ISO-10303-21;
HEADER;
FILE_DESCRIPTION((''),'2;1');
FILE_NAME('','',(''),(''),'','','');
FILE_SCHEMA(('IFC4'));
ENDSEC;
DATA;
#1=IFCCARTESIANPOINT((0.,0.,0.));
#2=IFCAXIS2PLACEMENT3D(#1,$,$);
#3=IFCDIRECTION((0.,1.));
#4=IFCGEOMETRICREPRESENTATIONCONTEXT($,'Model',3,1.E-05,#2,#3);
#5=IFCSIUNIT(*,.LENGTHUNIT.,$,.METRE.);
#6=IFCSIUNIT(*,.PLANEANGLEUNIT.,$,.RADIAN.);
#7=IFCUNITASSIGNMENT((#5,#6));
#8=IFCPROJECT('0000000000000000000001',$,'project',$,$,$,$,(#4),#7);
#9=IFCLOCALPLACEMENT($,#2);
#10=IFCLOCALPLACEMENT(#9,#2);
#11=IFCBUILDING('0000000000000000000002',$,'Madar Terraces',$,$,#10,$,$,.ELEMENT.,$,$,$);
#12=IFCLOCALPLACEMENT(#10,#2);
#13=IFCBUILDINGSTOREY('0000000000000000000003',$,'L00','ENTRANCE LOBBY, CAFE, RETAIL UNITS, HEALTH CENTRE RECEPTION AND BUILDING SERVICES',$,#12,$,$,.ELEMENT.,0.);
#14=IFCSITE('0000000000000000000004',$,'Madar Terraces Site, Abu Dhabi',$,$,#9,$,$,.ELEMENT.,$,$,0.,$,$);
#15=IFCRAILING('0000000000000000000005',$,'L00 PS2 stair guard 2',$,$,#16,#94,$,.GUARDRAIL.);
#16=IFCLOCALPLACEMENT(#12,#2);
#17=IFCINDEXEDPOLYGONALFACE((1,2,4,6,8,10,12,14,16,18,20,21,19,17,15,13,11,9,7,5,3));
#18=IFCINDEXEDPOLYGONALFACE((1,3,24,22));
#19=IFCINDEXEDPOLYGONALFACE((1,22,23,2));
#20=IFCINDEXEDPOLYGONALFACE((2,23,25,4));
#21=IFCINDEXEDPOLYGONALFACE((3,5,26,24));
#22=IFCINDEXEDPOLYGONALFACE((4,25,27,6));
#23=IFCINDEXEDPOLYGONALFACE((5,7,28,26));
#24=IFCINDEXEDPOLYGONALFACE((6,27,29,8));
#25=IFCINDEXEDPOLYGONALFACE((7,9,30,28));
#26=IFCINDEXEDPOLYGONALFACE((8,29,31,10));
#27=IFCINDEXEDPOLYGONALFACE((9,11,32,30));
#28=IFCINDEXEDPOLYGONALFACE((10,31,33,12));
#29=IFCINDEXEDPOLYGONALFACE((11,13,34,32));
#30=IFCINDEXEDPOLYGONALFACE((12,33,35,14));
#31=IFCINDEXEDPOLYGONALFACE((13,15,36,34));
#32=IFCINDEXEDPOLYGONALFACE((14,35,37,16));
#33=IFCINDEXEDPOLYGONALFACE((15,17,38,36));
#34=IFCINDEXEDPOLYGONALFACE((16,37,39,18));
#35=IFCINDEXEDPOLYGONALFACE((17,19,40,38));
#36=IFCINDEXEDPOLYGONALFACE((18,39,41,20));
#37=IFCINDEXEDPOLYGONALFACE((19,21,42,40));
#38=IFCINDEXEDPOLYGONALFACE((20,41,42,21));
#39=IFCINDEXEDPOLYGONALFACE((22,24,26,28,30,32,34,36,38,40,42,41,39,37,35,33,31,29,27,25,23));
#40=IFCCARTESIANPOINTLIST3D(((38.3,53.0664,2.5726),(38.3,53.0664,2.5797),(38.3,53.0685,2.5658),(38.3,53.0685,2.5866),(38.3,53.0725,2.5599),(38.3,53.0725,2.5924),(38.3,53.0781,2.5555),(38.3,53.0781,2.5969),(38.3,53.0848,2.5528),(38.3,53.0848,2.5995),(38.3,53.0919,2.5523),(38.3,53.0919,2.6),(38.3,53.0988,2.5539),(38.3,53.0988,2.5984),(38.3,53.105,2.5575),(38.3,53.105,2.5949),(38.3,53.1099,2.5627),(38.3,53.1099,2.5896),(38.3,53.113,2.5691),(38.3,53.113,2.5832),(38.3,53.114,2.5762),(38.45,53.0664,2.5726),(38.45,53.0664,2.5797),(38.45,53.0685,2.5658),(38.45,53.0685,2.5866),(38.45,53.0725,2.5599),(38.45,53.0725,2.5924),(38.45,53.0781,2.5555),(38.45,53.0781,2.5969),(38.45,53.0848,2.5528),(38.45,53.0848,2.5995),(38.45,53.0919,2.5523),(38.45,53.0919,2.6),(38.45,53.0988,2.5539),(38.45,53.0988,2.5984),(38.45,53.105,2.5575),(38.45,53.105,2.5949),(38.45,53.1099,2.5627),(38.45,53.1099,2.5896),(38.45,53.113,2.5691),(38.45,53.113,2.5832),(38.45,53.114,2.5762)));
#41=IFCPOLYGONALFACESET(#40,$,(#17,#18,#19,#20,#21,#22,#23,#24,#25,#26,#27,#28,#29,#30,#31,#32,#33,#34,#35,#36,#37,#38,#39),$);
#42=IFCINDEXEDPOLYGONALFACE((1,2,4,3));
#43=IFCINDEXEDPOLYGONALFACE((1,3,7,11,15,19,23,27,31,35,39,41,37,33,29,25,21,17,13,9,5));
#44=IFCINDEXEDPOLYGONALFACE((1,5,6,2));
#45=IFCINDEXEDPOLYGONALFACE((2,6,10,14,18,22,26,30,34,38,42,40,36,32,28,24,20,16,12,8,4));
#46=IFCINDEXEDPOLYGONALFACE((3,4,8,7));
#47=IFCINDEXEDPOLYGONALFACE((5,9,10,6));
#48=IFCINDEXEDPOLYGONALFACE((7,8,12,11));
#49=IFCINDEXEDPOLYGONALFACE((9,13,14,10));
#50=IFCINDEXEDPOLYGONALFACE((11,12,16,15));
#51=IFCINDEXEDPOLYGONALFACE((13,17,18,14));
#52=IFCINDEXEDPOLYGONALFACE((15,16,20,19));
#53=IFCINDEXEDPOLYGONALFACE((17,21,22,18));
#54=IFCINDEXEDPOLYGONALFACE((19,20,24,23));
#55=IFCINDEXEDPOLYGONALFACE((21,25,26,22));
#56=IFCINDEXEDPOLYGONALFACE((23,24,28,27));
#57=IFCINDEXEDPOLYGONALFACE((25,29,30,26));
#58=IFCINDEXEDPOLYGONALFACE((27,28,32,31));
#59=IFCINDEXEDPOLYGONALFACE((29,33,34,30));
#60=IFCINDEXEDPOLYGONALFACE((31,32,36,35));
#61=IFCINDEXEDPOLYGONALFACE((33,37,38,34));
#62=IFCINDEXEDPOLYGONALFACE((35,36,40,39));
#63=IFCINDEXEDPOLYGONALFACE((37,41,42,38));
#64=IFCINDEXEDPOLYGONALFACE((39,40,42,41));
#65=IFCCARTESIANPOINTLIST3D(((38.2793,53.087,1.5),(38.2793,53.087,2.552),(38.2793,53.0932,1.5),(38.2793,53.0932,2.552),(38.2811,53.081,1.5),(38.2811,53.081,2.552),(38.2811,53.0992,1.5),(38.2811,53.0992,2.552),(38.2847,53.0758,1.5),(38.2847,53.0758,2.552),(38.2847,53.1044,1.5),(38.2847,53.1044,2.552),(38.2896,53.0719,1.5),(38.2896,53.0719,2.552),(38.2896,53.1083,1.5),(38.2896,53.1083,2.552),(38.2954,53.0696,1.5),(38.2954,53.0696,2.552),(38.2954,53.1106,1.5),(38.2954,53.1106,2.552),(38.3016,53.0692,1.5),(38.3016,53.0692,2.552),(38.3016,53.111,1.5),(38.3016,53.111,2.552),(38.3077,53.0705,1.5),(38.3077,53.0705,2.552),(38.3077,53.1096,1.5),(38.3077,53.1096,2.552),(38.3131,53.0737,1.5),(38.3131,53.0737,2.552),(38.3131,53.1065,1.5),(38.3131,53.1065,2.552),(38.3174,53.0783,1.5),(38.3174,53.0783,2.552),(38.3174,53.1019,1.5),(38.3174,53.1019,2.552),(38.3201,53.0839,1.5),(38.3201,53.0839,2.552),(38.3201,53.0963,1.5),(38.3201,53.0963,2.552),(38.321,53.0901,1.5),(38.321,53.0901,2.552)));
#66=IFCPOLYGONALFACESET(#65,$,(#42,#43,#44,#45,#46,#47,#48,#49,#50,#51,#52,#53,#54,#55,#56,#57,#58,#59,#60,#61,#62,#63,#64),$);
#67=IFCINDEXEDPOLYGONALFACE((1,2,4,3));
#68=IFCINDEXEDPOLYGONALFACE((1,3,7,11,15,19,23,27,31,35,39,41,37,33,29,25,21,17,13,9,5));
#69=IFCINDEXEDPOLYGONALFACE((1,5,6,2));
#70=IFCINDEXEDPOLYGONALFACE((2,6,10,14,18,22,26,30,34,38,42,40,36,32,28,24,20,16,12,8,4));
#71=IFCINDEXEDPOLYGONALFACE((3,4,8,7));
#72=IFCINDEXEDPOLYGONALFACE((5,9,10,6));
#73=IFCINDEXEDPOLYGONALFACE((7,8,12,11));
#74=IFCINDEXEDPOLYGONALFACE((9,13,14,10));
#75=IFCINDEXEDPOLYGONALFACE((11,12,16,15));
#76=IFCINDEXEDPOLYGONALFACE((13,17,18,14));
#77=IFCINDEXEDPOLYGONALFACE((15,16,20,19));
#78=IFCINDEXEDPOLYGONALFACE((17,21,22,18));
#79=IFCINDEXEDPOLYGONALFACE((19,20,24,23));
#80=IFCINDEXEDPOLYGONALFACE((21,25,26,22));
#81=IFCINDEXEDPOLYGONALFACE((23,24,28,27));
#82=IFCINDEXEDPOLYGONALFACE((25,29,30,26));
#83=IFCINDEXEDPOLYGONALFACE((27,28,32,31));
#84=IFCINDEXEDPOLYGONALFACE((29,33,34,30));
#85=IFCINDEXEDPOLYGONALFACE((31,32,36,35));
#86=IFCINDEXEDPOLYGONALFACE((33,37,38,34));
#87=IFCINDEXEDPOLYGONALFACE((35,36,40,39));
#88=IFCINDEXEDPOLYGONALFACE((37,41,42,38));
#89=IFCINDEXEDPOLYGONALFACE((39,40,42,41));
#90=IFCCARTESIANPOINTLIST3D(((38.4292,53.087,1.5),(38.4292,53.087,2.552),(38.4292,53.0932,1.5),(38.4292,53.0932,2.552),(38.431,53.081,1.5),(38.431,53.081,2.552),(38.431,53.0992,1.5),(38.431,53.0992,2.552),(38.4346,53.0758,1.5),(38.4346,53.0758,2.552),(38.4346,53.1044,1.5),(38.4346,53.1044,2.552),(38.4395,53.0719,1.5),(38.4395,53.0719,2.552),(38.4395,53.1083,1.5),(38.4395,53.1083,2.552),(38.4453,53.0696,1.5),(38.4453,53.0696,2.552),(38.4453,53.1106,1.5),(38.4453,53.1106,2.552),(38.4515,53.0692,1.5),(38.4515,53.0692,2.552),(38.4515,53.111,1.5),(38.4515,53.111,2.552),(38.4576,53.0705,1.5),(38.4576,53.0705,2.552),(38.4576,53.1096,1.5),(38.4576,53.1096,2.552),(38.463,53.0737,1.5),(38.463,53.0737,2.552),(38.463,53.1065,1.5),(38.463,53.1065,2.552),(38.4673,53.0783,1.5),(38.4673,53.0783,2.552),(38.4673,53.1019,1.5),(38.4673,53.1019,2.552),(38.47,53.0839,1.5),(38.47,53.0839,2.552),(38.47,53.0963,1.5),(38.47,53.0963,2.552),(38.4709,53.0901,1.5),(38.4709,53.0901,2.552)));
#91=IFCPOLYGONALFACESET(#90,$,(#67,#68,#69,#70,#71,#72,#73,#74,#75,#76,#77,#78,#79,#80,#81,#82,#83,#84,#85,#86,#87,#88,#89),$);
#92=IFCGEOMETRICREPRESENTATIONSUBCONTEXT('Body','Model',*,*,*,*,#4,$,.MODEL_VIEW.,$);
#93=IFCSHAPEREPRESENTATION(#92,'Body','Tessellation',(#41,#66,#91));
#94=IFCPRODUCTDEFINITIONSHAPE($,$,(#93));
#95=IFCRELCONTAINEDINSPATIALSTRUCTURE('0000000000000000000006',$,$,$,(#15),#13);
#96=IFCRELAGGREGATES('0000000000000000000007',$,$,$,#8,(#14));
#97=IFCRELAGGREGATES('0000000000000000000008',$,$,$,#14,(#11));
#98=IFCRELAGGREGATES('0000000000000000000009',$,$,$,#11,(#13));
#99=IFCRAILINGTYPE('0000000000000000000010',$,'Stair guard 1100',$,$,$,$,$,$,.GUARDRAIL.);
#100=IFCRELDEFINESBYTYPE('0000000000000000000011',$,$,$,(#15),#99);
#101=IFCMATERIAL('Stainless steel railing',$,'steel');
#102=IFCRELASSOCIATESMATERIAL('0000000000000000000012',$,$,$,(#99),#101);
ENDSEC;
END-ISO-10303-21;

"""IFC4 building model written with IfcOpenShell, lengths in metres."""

from ifc_helpers import new_model, si_unit, direction, frame, origin, origin_2d, place, context, subcontext, project, spatial, circle, extrude, material, type_object, element, save


model = new_model("IFC4")

# Units and contexts
model_context = context("Model", 3, precision=1e-05, world=origin(), true_north=direction((0.0, 1.0)))
body_context = subcontext(model_context, "Body", "Model", "MODEL_VIEW")
ifc_project = project(units=[si_unit("LENGTHUNIT", "METRE"), si_unit("PLANEANGLEUNIT", "RADIAN")], contexts=[model_context])

# Site, building, storey
site_placement = place(None, origin())
site = spatial("IfcSite", under=ifc_project, at=site_placement, Name="Madar Terraces Site, Abu Dhabi", CompositionType="ELEMENT", RefElevation=0.0)
building_placement = place(site_placement, origin())
building = spatial("IfcBuilding", under=site, at=building_placement, Name="Madar Terraces", CompositionType="ELEMENT")
storey_placement = place(building_placement, origin())
storey = spatial("IfcBuildingStorey", under=building, at=storey_placement, Name="L00", Description="ENTRANCE LOBBY, CAFE, RETAIL UNITS, HEALTH CENTRE RECEPTION AND BUILDING SERVICES", CompositionType="ELEMENT", Elevation=0.0)

# Railing
ifc_material_1 = material(Name="Stainless steel railing", Category="steel")
railing_type_1 = type_object("IfcRailingType", Name="Stair guard 1100", PredefinedType="GUARDRAIL", material=ifc_material_1)
railing_1_placement = place(storey_placement, frame((38.3, 53.0901, 1.5)))
element("IfcRailing", 1, at=railing_1_placement, inside=storey, type_object=railing_type_1, Name="L00 PS2 stair guard 2", PredefinedType="GUARDRAIL", context=body_context, shape_type="SweptSolid", body=[
    extrude(circle(Radius=0.0239, at=origin_2d()), frame((0.0, 0.0, 1.0762), z_axis=(1.0, 0.0, 0.0), x_axis=(0.0, 1.0, 0.0)), (0.0, 0.0, 1.0), 0.1499),
    extrude(circle(Radius=0.021, at=origin_2d()), origin(), (0.0, 0.0, 1.0), 1.052),
    extrude(circle(Radius=0.021, at=origin_2d()), frame((0.1499, 0.0, 0.0)), (0.0, 0.0, 1.0), 1.052),
])

save(model, "model.ifc")
